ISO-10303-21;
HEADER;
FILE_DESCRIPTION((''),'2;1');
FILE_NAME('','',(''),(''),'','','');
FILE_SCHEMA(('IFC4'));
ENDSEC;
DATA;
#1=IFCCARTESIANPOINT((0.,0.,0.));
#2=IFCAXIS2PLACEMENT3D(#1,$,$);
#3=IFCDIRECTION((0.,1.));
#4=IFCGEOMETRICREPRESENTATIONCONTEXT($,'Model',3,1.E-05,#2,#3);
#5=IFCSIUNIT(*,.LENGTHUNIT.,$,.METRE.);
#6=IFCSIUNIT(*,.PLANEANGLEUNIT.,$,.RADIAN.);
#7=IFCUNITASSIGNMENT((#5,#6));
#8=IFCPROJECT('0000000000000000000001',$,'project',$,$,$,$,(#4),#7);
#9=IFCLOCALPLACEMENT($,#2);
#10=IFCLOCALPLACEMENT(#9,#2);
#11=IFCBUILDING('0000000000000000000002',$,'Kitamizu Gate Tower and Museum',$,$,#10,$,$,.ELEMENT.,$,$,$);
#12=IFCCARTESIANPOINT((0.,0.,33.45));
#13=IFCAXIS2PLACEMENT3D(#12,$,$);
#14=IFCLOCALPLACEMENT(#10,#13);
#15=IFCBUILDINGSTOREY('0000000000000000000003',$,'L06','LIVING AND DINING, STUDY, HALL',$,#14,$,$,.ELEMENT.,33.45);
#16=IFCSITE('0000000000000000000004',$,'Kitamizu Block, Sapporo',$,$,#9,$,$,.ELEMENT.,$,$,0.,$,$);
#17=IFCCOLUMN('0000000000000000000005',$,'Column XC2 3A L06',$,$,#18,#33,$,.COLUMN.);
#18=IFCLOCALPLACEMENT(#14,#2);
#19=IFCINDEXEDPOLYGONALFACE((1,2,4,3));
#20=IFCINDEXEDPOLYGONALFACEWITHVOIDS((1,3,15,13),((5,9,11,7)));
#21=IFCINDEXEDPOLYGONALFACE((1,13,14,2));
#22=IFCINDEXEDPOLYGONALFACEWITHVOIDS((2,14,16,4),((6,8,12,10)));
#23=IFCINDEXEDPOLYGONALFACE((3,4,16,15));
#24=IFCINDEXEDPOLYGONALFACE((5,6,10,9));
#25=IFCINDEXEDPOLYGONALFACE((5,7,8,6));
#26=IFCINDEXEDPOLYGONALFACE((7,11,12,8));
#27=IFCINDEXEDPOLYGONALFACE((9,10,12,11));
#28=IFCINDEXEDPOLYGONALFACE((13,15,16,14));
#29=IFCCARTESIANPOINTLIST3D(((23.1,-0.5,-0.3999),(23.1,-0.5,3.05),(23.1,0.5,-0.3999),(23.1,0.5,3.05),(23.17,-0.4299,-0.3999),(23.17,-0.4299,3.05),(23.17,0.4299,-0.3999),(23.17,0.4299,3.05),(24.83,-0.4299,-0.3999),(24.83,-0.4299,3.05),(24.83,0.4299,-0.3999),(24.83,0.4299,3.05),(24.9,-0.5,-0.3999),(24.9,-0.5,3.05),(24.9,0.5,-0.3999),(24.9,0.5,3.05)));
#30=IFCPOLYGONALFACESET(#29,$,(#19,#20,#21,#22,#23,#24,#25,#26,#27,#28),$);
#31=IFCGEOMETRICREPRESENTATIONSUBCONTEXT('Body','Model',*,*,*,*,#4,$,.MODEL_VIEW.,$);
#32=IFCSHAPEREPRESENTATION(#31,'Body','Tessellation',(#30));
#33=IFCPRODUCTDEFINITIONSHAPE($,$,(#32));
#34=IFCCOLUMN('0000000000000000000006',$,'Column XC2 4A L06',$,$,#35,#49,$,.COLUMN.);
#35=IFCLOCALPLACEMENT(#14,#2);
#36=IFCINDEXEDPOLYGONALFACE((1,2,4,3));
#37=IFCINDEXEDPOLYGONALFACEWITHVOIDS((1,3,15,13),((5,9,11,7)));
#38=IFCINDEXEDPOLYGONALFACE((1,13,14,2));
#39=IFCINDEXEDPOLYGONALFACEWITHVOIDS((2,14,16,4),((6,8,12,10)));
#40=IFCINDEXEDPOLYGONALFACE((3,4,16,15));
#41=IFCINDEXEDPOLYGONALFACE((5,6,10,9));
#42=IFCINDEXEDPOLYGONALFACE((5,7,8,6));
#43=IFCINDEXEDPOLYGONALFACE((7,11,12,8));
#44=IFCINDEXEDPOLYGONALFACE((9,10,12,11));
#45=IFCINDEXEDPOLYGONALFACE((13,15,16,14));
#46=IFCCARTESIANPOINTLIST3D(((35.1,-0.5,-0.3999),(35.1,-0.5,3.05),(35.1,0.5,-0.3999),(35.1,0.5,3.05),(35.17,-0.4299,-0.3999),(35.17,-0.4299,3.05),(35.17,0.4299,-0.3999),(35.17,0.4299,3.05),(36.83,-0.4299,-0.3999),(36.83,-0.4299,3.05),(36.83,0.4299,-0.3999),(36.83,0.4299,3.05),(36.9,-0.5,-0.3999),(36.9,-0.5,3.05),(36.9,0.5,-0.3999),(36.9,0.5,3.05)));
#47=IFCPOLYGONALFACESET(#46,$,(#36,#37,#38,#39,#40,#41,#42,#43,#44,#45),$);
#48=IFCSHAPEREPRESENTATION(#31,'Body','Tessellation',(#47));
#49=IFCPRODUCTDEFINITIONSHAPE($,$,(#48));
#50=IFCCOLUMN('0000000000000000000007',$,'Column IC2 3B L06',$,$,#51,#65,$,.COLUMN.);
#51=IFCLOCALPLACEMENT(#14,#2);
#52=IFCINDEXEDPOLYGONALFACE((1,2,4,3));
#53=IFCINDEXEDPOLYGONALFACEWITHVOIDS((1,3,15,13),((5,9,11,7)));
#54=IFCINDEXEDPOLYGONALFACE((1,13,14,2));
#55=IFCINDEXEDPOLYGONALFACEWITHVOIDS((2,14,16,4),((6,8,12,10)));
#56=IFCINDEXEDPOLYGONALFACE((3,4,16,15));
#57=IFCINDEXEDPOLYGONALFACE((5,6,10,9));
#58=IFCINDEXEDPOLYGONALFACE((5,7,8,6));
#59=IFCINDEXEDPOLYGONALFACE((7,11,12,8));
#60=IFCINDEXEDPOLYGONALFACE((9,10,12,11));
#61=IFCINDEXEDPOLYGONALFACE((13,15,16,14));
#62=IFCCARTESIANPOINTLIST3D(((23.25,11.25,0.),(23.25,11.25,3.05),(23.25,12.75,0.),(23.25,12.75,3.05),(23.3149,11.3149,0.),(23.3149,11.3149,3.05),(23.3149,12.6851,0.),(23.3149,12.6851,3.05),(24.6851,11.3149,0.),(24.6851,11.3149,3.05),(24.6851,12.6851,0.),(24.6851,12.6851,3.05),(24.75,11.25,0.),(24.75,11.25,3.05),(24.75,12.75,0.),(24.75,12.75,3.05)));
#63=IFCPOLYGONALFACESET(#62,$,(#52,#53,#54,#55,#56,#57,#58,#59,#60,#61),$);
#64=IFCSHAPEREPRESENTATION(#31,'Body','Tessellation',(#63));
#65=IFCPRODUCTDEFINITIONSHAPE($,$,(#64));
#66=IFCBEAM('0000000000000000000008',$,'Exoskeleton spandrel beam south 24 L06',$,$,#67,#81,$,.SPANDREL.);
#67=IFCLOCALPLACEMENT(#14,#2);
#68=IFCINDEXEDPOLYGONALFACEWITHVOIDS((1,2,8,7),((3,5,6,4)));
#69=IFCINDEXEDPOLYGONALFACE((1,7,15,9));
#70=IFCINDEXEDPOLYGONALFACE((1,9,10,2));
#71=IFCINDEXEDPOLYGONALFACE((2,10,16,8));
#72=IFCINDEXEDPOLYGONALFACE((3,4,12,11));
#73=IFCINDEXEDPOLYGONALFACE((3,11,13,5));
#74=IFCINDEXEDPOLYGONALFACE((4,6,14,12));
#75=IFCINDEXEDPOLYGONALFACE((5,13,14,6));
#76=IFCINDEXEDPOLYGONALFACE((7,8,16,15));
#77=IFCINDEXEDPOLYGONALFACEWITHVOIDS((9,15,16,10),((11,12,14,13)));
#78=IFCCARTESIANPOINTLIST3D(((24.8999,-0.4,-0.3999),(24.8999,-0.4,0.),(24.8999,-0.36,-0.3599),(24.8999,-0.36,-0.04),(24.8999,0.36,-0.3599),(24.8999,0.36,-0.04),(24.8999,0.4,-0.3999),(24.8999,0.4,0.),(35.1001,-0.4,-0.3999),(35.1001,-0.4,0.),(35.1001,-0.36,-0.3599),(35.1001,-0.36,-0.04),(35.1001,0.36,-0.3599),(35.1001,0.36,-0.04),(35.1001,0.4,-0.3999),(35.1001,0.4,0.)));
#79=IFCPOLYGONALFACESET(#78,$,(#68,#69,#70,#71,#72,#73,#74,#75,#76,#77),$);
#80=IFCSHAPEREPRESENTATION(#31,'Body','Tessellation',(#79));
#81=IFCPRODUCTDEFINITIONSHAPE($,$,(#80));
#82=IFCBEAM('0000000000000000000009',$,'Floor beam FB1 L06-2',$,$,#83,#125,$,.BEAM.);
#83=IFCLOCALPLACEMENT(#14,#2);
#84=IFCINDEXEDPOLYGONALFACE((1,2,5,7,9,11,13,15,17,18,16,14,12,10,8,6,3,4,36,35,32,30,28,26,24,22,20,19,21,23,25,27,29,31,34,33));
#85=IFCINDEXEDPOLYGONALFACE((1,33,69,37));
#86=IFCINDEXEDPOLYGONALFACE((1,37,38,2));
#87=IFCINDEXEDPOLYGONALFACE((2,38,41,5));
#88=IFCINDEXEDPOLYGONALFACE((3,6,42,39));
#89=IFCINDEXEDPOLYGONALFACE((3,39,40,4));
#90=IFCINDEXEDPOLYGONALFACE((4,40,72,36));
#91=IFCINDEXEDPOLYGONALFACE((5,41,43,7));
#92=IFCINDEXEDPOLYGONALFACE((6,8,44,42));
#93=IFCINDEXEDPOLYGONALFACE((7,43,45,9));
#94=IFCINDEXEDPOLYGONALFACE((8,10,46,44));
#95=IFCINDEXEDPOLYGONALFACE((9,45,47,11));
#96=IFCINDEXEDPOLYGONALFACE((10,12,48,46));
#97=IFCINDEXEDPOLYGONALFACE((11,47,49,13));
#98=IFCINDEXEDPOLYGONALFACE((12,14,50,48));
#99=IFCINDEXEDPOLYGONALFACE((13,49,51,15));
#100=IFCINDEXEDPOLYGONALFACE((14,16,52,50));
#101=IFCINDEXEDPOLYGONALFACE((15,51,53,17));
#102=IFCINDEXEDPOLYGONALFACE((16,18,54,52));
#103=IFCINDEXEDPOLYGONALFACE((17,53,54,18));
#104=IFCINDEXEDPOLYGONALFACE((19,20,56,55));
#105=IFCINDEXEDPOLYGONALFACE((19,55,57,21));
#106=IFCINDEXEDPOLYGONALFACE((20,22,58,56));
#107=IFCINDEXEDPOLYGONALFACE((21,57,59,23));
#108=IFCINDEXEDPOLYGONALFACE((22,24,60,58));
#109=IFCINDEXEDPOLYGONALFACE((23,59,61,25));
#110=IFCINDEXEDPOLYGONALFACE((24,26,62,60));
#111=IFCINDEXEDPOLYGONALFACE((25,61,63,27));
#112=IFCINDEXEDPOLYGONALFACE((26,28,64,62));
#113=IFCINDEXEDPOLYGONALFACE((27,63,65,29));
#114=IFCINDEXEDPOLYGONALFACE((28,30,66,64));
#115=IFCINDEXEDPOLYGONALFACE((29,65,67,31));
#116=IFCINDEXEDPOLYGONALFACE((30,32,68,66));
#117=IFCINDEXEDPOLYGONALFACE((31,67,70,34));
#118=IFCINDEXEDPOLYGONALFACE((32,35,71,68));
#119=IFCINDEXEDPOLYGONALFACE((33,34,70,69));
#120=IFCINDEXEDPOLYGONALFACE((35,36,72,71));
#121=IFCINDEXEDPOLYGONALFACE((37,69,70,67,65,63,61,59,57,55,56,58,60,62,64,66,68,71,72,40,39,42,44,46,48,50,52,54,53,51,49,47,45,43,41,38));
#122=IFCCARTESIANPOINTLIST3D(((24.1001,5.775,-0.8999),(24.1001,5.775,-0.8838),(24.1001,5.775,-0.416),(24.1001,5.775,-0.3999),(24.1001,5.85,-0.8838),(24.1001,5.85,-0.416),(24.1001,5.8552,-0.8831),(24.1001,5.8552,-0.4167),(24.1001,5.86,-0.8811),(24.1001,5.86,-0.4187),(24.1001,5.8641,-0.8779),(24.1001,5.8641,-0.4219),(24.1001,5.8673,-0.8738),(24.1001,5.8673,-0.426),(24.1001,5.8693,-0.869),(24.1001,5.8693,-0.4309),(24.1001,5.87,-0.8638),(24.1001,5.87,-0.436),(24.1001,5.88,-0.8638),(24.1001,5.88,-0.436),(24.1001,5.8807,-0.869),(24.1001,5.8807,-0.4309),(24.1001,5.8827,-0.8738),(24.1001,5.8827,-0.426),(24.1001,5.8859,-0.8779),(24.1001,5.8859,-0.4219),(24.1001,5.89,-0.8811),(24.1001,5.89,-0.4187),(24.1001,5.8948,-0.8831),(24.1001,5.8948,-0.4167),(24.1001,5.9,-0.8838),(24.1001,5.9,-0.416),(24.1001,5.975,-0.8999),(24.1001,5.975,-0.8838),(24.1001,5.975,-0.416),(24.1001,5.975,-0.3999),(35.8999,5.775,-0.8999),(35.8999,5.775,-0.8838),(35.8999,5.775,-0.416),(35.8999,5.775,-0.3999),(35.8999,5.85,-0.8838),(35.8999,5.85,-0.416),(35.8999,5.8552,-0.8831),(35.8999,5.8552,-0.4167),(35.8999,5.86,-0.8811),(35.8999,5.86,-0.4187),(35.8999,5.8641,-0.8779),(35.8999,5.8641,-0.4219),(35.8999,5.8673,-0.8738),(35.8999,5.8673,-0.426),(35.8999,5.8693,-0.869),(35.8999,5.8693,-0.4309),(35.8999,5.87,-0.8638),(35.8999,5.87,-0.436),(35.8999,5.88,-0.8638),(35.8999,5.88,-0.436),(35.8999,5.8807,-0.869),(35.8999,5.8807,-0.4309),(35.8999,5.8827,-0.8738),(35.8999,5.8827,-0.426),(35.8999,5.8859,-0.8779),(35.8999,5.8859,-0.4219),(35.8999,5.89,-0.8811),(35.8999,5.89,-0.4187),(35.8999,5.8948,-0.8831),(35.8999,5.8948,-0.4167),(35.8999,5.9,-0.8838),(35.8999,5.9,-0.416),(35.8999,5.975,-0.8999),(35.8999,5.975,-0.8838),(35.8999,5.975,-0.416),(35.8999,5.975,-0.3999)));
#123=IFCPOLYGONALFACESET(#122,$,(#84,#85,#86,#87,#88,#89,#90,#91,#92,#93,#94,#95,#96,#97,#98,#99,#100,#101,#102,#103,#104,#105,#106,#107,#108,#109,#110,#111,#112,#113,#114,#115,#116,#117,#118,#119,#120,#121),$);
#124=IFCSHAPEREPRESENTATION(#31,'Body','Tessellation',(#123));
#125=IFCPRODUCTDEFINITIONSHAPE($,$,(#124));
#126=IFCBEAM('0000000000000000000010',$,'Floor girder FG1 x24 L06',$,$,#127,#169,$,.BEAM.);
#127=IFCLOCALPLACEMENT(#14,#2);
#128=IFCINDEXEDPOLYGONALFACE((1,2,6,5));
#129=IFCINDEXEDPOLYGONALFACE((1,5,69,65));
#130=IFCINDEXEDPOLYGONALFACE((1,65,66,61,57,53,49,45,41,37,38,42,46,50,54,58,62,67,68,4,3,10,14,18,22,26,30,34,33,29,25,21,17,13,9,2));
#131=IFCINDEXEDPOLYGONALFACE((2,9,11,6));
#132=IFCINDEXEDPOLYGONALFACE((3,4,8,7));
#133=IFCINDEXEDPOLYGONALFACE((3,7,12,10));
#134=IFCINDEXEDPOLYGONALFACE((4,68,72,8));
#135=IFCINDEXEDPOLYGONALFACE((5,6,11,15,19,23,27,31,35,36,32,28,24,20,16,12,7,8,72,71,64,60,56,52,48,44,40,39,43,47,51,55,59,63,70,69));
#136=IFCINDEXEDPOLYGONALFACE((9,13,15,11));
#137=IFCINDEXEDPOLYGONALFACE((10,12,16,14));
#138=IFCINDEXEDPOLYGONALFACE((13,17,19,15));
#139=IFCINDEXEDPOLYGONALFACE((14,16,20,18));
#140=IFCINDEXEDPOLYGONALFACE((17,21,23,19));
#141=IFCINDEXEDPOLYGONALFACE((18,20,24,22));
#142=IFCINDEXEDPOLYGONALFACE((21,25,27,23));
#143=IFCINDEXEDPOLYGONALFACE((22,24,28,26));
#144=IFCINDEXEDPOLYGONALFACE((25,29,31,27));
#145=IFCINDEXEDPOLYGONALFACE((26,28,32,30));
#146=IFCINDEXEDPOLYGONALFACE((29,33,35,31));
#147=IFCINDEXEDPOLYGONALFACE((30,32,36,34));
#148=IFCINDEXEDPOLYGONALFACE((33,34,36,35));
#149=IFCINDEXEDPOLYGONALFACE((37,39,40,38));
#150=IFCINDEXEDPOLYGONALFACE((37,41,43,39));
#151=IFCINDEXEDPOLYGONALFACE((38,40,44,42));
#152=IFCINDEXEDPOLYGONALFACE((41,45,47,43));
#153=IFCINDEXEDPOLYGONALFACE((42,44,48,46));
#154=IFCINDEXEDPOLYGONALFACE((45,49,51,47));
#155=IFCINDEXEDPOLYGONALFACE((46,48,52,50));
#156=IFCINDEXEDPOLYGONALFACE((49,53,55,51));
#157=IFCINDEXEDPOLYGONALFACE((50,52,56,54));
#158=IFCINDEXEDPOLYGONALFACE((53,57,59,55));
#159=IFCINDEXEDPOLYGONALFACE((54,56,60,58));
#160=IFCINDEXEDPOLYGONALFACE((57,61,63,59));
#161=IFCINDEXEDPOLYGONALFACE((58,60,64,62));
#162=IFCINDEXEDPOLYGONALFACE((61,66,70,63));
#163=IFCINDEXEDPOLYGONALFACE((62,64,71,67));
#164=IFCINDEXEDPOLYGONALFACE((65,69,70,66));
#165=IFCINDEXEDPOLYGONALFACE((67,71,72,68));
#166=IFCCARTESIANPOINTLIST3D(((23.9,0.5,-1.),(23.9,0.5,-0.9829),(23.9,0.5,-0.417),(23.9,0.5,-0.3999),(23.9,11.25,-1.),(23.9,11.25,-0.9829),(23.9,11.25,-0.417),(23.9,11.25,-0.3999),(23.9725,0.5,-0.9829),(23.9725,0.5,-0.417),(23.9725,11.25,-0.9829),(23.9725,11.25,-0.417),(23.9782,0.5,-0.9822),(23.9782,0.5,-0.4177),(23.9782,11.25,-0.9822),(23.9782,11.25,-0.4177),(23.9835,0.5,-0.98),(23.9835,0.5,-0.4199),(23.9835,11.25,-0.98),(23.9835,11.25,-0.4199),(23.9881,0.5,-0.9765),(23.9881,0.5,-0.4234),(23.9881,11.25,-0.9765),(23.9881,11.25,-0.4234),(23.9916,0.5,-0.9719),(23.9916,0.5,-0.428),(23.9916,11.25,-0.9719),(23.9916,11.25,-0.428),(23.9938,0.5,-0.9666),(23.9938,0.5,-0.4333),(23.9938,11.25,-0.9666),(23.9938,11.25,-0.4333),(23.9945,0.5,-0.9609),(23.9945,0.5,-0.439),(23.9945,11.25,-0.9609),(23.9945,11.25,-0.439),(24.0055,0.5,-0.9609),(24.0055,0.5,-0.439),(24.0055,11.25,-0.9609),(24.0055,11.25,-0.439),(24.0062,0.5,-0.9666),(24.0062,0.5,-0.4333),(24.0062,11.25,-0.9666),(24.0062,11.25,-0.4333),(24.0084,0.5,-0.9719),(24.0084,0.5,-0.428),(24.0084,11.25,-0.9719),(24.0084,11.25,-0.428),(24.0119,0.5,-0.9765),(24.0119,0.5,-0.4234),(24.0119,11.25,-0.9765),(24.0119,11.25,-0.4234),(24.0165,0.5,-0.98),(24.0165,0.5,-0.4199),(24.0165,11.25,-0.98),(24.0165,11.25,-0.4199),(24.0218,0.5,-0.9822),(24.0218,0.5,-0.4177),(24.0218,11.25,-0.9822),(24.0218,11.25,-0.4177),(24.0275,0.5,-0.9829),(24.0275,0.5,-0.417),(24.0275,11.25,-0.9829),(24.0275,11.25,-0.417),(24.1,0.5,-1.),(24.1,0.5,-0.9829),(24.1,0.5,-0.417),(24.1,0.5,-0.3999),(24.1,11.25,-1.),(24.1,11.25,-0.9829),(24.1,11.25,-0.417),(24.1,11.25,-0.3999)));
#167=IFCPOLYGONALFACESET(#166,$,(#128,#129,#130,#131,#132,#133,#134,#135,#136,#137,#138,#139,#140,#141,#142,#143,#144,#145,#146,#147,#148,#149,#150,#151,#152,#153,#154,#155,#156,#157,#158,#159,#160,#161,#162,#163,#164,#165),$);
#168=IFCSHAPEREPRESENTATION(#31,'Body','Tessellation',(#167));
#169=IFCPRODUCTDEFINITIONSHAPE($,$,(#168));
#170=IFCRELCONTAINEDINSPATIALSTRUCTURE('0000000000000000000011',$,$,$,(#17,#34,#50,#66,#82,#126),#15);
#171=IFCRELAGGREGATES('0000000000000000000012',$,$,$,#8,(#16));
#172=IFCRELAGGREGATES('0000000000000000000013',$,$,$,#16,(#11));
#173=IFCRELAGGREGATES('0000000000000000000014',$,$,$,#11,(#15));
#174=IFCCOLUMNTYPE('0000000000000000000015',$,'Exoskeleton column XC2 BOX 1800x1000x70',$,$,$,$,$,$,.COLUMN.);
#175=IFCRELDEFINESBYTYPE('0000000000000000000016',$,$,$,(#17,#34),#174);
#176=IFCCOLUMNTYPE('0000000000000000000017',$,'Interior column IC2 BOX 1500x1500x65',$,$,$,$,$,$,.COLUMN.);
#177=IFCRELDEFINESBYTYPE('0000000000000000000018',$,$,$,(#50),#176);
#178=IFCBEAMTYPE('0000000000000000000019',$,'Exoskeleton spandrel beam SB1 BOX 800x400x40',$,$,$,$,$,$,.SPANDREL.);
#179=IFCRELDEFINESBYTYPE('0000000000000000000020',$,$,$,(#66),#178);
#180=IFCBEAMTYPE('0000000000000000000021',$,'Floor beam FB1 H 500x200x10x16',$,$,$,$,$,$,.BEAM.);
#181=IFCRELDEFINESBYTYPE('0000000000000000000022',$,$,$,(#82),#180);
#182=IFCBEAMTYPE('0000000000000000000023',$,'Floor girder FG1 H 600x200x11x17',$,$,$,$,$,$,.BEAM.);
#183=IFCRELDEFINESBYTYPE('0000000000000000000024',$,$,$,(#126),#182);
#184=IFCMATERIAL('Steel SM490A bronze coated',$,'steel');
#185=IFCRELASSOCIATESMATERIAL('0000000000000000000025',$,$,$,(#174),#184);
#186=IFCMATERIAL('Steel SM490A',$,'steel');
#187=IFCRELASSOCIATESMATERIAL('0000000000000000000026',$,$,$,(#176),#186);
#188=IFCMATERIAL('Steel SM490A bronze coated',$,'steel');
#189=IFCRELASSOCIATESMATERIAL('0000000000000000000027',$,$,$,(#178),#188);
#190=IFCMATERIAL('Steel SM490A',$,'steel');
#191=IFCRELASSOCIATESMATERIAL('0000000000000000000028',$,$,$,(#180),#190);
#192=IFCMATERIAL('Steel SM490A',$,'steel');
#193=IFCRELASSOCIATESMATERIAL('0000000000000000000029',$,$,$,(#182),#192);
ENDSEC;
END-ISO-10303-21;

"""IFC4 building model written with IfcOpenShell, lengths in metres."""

from ifc_helpers import new_model, si_unit, direction, frame, origin, origin_2d, place, context, subcontext, project, spatial, hollow_rectangle, i_section, extrude, material, material_profile, profile_set, type_object, element, save


model = new_model("IFC4")

# Units and contexts
model_context = context("Model", 3, precision=1e-05, world=origin(), true_north=direction((0.0, 1.0)))
body_context = subcontext(model_context, "Body", "Model", "MODEL_VIEW")
ifc_project = project(units=[si_unit("LENGTHUNIT", "METRE"), si_unit("PLANEANGLEUNIT", "RADIAN")], contexts=[model_context])

# Site, building, storey
site_placement = place(None, origin())
site = spatial("IfcSite", under=ifc_project, at=site_placement, Name="Kitamizu Block, Sapporo", CompositionType="ELEMENT", RefElevation=0.0)
building_placement = place(site_placement, origin())
building = spatial("IfcBuilding", under=site, at=building_placement, Name="Kitamizu Gate Tower and Museum", CompositionType="ELEMENT")
storey_placement = place(building_placement, frame((0.0, 0.0, 33.45)))
storey = spatial("IfcBuildingStorey", under=building, at=storey_placement, Name="L06", Description="LIVING AND DINING, STUDY, HALL", CompositionType="ELEMENT", Elevation=33.45)

# Columns
ifc_material_1 = material(Name="Steel SM490A bronze coated", Category="steel")
ifc_material_profile_1 = material_profile(ifc_material_1, hollow_rectangle(XDim=1.8, YDim=1.0, WallThickness=0.0701, at=origin_2d()), Name="BOX 1800x1000x70")
ifc_profile_set_1 = profile_set([ifc_material_profile_1], Name="Steel SM490A bronze coated")
column_type_1 = type_object("IfcColumnType", Name="Exoskeleton column XC2 BOX 1800x1000x70", PredefinedType="COLUMN", material=ifc_profile_set_1)
for number, where, z_axis, x_axis, name in (
    (1, (24.0, 0.0, -0.3999), (0.0, 0.0, 1.0), (1.0, 0.0, 0.0), "Column XC2 3A L06"),
    (2, (36.0, 0.0, -0.3999), (0.0, 0.0, 1.0), (1.0, 0.0, 0.0), "Column XC2 4A L06"),
):
    element("IfcColumn", number, at=place(storey_placement, frame(where, z_axis=z_axis, x_axis=x_axis)), inside=storey, type_object=column_type_1, Name=name, PredefinedType="COLUMN", context=body_context, shape_type="SweptSolid", body=[
        extrude(hollow_rectangle(XDim=1.8, YDim=1.0, WallThickness=0.0701, at=origin_2d()), origin(), (0.0, 0.0, 1.0), 3.45),
    ])
ifc_material_2 = material(Name="Steel SM490A", Category="steel")
ifc_material_profile_2 = material_profile(ifc_material_2, hollow_rectangle(XDim=1.5, YDim=1.5, WallThickness=0.0649, at=origin_2d()), Name="BOX 1500x1500x65")
ifc_profile_set_2 = profile_set([ifc_material_profile_2], Name="Steel SM490A")
column_type_2 = type_object("IfcColumnType", Name="Interior column IC2 BOX 1500x1500x65", PredefinedType="COLUMN", material=ifc_profile_set_2)
column_placement = place(storey_placement, frame((24.0, 12.0, 0.0), z_axis=(0.0, 0.0, 1.0), x_axis=(1.0, 0.0, 0.0)))
element("IfcColumn", 3, at=column_placement, inside=storey, type_object=column_type_2, Name="Column IC2 3B L06", PredefinedType="COLUMN", context=body_context, shape_type="SweptSolid", body=[
    extrude(hollow_rectangle(XDim=1.5, YDim=1.5, WallThickness=0.0649, at=origin_2d()), origin(), (0.0, 0.0, 1.0), 3.05),
])

# Beams
ifc_material_3 = material(Name="Steel SM490A bronze coated", Category="steel")
ifc_material_profile_3 = material_profile(ifc_material_3, hollow_rectangle(XDim=0.8, YDim=0.3999, WallThickness=0.04, at=origin_2d()), Name="BOX 800x400x40")
ifc_profile_set_3 = profile_set([ifc_material_profile_3], Name="Steel SM490A bronze coated")
beam_type_1 = type_object("IfcBeamType", Name="Exoskeleton spandrel beam SB1 BOX 800x400x40", PredefinedType="SPANDREL", material=ifc_profile_set_3)
beam_1_placement = place(storey_placement, frame((24.8999, 0.0, -0.2), z_axis=(1.0, 0.0, 0.0), x_axis=(0.0, 1.0, 0.0)))
element("IfcBeam", 4, at=beam_1_placement, inside=storey, type_object=beam_type_1, Name="Exoskeleton spandrel beam south 24 L06", PredefinedType="SPANDREL", context=body_context, shape_type="SweptSolid", body=[
    extrude(hollow_rectangle(XDim=0.8, YDim=0.3999, WallThickness=0.04, at=origin_2d()), origin(), (0.0, 0.0, 1.0), 10.2002),
])
ifc_material_4 = material(Name="Steel SM490A", Category="steel")
ifc_material_profile_4 = material_profile(ifc_material_4, i_section(OverallWidth=0.2, OverallDepth=0.5, WebThickness=0.01, FlangeThickness=0.0161, FilletRadius=0.02, at=origin_2d()), Name="H-500x200x10x16")
ifc_profile_set_4 = profile_set([ifc_material_profile_4], Name="Steel SM490A")
beam_type_2 = type_object("IfcBeamType", Name="Floor beam FB1 H 500x200x10x16", PredefinedType="BEAM", material=ifc_profile_set_4)
beam_2_placement = place(storey_placement, frame((24.1001, 5.875, -0.6499), z_axis=(1.0, 0.0, 0.0), x_axis=(0.0, 1.0, 0.0)))
element("IfcBeam", 5, at=beam_2_placement, inside=storey, type_object=beam_type_2, Name="Floor beam FB1 L06-2", PredefinedType="BEAM", context=body_context, shape_type="SweptSolid", body=[
    extrude(i_section(OverallWidth=0.2, OverallDepth=0.5, WebThickness=0.01, FlangeThickness=0.0161, FilletRadius=0.02, at=origin_2d()), origin(), (0.0, 0.0, 1.0), 11.7998),
])
ifc_material_5 = material(Name="Steel SM490A", Category="steel")
ifc_material_profile_5 = material_profile(ifc_material_5, i_section(OverallWidth=0.2, OverallDepth=0.6001, WebThickness=0.011, FlangeThickness=0.0171, FilletRadius=0.022, at=origin_2d()), Name="H-600x200x11x17")
ifc_profile_set_5 = profile_set([ifc_material_profile_5], Name="Steel SM490A")
beam_type_3 = type_object("IfcBeamType", Name="Floor girder FG1 H 600x200x11x17", PredefinedType="BEAM", material=ifc_profile_set_5)
beam_3_placement = place(storey_placement, frame((24.0, 0.5, -0.7), z_axis=(0.0, 1.0, 0.0), x_axis=(-1.0, 0.0, 0.0)))
element("IfcBeam", 6, at=beam_3_placement, inside=storey, type_object=beam_type_3, Name="Floor girder FG1 x24 L06", PredefinedType="BEAM", context=body_context, shape_type="SweptSolid", body=[
    extrude(i_section(OverallWidth=0.2, OverallDepth=0.6001, WebThickness=0.011, FlangeThickness=0.0171, FilletRadius=0.022, at=origin_2d()), origin(), (0.0, 0.0, 1.0), 10.75),
])

save(model, "model.ifc")
